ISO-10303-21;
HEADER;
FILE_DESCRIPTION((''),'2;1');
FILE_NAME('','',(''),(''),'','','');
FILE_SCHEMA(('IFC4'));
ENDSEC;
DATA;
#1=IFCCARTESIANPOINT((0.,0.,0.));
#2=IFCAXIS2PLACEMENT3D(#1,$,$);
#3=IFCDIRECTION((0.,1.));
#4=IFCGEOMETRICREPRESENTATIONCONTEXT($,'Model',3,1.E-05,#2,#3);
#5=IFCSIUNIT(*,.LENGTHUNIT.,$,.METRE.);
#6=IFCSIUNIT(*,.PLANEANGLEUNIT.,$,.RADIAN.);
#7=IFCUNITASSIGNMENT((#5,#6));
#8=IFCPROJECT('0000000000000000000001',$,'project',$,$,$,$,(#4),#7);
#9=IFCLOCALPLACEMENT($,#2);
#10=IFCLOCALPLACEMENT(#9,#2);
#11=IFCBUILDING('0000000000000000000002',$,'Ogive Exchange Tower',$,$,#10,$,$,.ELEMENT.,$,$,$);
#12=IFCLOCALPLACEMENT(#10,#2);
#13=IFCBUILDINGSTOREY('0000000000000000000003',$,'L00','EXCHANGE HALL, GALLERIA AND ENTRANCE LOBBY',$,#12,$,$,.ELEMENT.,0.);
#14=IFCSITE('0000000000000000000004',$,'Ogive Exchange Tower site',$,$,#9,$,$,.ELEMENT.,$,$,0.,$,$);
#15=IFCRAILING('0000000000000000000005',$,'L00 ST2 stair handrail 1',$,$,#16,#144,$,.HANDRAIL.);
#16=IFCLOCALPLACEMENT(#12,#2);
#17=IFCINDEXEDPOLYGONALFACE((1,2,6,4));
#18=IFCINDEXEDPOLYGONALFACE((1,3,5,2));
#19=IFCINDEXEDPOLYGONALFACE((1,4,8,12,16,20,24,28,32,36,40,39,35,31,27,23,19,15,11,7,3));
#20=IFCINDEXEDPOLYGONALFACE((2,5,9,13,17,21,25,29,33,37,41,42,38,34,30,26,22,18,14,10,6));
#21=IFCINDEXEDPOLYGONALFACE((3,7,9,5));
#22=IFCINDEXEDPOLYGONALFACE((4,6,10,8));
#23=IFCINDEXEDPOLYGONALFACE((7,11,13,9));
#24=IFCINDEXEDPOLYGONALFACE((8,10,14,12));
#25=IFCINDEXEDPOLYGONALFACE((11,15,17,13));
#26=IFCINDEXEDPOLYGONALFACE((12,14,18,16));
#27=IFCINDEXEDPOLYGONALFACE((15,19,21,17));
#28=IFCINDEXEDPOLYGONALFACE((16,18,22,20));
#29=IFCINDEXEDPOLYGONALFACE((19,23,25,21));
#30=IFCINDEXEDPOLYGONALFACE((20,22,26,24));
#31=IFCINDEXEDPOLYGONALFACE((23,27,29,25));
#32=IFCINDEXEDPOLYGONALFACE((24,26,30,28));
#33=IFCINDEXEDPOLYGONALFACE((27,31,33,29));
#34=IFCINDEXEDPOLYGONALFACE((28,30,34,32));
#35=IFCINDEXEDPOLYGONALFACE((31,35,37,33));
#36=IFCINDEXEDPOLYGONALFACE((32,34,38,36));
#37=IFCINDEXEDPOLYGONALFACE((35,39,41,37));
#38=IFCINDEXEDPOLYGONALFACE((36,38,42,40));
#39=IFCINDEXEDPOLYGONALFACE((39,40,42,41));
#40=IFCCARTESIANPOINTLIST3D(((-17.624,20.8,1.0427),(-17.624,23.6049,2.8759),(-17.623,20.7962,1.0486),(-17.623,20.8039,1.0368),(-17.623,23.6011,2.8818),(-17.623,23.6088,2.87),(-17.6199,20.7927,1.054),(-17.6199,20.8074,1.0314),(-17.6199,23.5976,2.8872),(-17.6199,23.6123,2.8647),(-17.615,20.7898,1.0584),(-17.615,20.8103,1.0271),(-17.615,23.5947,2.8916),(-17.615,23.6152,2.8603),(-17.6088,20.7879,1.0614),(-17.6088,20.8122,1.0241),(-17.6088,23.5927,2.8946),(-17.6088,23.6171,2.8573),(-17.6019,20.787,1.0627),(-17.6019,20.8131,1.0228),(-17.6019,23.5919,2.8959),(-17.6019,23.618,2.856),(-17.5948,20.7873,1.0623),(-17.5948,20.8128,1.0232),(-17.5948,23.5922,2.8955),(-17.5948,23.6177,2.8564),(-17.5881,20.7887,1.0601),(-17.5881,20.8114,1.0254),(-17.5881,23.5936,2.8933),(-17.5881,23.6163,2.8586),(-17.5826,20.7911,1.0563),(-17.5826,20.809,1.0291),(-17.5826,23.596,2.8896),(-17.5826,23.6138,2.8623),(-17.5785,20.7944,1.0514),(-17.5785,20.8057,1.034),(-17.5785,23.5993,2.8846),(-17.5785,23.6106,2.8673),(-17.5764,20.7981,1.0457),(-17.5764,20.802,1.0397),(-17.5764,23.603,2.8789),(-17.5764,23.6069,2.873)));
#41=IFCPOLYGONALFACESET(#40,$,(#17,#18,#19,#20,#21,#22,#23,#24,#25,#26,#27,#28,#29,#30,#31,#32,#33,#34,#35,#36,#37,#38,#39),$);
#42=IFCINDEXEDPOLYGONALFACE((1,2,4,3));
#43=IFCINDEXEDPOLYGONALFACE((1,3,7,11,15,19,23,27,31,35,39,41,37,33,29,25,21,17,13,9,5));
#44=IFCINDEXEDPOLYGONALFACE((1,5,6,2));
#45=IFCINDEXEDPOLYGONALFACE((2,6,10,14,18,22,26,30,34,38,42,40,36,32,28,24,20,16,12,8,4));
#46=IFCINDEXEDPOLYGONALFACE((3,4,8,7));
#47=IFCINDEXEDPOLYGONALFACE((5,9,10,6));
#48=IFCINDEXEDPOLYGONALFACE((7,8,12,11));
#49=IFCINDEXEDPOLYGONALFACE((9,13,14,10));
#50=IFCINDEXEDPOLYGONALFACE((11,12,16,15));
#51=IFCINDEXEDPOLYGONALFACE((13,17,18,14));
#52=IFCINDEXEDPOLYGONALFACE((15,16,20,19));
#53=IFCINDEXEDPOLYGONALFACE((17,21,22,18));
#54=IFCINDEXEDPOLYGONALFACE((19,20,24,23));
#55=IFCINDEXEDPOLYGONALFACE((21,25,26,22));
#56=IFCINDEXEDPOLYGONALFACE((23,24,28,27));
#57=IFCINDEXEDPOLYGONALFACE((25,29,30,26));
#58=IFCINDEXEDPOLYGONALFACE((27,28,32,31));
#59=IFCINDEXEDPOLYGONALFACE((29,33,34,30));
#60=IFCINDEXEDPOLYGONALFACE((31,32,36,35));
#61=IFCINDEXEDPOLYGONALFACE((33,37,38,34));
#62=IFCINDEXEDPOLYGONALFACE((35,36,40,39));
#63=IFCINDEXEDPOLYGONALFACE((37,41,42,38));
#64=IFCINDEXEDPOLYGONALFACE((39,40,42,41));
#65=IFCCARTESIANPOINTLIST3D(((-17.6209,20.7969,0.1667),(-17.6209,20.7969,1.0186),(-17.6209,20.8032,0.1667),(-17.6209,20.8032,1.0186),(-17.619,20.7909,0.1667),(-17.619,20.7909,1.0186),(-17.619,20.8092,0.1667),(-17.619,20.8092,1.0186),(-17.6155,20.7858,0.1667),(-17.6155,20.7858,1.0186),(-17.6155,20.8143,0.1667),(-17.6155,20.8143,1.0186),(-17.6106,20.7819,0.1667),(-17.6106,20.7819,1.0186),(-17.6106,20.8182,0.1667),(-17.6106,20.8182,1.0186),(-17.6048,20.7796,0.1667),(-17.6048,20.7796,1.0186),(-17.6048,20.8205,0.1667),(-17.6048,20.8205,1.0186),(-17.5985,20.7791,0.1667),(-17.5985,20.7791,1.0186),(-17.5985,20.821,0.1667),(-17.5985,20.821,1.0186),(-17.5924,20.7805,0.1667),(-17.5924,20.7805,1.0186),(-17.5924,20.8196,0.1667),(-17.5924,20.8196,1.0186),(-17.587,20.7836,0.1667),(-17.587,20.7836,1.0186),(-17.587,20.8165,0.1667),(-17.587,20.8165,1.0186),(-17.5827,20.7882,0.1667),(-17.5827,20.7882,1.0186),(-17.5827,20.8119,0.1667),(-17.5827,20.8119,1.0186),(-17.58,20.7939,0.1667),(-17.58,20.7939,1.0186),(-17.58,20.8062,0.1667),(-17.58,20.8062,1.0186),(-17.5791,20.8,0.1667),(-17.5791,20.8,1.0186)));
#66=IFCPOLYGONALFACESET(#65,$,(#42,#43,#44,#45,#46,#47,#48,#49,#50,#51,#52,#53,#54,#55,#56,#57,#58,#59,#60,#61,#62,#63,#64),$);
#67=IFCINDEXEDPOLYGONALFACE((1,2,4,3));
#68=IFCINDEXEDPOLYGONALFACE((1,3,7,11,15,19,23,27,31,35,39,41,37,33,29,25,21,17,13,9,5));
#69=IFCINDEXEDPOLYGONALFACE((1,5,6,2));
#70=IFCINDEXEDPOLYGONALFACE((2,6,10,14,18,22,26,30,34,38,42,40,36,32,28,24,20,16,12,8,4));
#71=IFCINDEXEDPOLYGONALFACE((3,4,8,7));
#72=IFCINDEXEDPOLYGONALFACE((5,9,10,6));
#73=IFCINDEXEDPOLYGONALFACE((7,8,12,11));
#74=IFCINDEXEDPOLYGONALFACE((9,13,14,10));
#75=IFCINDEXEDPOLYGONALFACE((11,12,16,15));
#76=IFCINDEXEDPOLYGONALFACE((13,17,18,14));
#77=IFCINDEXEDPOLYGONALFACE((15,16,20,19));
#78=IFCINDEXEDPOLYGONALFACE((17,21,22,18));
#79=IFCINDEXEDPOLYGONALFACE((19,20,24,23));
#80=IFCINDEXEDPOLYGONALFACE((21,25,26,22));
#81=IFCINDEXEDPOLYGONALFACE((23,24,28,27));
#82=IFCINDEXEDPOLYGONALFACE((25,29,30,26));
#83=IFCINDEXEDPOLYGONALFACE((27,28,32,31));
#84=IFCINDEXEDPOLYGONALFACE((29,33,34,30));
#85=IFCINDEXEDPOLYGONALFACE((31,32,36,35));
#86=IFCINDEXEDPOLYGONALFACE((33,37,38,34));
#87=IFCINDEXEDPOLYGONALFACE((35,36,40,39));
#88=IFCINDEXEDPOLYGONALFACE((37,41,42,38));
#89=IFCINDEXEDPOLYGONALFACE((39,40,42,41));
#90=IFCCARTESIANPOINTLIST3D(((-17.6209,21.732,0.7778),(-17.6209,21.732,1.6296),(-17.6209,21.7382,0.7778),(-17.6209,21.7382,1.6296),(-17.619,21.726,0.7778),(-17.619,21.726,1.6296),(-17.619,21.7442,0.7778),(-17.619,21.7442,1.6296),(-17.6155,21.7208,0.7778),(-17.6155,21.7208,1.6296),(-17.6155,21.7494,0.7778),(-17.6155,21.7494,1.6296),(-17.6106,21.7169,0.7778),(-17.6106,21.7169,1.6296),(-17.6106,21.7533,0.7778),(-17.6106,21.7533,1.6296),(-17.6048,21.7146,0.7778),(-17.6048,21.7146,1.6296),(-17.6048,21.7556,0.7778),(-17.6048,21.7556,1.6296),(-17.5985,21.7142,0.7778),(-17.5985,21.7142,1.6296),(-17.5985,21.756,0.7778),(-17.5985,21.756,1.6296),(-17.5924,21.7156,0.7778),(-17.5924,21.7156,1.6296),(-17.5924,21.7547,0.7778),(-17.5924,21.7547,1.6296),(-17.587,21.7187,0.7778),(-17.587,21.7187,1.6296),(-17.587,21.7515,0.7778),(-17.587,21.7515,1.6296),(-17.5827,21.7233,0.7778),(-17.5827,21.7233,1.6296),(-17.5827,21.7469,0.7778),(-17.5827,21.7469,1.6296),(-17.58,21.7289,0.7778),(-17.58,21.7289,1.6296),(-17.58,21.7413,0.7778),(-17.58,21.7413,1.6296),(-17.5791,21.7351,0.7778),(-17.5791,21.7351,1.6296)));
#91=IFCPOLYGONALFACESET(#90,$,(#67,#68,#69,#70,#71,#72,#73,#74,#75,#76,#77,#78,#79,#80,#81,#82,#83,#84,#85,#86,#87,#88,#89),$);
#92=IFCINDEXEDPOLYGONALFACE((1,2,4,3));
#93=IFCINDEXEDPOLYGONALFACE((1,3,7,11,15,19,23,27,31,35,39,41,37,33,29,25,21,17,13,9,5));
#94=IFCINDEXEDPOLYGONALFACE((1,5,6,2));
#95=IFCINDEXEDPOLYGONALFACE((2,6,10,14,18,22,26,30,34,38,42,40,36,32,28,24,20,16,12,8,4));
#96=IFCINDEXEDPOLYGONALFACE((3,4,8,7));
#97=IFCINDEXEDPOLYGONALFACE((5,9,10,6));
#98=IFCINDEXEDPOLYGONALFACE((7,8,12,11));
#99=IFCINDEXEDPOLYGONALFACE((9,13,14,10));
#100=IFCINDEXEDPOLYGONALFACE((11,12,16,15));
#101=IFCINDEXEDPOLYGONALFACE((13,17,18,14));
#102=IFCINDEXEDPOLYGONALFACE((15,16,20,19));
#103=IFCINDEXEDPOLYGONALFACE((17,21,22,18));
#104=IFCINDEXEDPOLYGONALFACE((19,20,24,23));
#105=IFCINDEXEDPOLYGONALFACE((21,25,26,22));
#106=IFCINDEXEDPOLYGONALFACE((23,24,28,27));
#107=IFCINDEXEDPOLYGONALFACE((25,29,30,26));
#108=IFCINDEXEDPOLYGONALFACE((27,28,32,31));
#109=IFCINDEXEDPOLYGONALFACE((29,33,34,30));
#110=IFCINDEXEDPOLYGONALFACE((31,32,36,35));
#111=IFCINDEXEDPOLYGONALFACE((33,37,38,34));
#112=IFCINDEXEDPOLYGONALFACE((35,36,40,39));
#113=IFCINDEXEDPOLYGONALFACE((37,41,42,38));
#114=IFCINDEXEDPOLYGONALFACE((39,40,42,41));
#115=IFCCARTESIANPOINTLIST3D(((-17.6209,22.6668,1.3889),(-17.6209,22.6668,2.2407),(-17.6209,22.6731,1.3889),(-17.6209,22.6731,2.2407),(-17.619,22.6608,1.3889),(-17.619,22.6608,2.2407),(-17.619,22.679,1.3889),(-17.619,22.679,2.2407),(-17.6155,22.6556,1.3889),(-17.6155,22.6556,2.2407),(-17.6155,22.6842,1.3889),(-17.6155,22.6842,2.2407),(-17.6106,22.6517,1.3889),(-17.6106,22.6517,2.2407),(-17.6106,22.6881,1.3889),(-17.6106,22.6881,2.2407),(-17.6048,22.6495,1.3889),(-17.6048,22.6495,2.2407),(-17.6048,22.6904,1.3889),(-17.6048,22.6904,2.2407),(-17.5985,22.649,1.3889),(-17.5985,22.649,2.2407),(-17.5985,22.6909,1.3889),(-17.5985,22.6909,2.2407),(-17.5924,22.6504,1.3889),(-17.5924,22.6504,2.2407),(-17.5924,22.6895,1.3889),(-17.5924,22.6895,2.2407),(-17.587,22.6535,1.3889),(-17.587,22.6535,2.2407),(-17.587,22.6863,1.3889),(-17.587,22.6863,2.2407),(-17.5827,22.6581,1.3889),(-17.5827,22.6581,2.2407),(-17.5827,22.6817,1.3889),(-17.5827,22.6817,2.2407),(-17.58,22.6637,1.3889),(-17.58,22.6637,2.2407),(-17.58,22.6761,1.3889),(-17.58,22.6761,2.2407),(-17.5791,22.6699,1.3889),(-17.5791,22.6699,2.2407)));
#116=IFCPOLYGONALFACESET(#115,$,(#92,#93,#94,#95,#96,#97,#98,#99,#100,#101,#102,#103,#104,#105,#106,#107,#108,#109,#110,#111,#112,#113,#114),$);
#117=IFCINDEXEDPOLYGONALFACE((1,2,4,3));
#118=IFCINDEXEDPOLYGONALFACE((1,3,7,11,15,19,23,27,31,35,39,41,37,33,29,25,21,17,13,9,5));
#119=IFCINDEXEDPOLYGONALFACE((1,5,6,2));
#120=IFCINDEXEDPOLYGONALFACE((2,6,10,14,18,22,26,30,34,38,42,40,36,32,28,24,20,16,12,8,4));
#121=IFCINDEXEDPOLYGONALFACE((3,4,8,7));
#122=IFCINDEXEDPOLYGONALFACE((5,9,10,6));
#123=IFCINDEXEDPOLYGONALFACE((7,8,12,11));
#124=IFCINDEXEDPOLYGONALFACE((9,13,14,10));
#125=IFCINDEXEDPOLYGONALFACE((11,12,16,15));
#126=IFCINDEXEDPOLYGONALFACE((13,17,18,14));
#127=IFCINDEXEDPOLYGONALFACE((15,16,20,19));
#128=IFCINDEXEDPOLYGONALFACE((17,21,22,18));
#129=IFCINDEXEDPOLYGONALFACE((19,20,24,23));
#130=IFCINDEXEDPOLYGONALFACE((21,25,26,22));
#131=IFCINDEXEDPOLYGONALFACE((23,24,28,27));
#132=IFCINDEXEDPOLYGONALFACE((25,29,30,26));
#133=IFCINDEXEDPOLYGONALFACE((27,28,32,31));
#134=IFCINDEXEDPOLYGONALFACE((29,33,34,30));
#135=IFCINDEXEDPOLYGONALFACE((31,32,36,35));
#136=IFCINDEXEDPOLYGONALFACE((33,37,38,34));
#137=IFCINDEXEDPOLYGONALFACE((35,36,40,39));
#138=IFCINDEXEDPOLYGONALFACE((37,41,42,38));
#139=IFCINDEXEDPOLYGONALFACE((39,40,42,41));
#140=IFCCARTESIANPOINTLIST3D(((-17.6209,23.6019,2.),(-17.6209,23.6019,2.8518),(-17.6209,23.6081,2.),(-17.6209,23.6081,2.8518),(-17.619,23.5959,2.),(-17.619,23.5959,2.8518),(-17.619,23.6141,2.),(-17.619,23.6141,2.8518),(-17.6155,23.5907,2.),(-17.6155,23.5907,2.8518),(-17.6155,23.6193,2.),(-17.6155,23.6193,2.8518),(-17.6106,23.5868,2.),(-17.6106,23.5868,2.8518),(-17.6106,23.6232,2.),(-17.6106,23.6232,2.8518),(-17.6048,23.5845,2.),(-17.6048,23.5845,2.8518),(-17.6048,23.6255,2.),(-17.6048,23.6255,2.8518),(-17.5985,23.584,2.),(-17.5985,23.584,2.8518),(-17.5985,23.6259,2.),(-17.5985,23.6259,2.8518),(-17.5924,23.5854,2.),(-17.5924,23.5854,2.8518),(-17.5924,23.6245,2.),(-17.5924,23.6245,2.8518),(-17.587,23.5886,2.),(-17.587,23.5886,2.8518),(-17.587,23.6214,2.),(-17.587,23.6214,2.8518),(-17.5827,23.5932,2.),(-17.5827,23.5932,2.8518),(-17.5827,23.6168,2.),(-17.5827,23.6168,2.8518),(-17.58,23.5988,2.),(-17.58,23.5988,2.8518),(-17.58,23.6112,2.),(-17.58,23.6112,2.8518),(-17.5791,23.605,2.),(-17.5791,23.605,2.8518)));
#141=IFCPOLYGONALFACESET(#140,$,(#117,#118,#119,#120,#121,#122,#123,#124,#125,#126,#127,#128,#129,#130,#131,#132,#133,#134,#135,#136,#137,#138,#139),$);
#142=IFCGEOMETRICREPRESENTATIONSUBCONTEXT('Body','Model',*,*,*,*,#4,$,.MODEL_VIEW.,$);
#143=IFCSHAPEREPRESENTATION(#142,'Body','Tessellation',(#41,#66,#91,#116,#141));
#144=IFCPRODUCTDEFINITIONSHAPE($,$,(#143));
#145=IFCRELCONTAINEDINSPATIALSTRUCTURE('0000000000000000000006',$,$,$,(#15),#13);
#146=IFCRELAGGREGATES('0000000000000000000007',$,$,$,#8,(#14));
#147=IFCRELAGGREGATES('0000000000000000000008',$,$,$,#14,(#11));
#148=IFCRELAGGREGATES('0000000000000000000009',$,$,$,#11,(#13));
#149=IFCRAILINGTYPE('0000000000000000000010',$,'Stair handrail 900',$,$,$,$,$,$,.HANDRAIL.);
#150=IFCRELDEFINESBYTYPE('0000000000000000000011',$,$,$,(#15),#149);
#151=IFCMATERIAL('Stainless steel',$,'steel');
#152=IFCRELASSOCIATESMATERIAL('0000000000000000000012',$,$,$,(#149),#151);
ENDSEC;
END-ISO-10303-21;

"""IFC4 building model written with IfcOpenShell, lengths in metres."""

from ifc_helpers import new_model, si_unit, direction, frame, origin, origin_2d, place, context, subcontext, project, spatial, circle, extrude, material, type_object, element, save


model = new_model("IFC4")

# Units and contexts
model_context = context("Model", 3, precision=1e-05, world=origin(), true_north=direction((0.0, 1.0)))
body_context = subcontext(model_context, "Body", "Model", "MODEL_VIEW")
ifc_project = project(units=[si_unit("LENGTHUNIT", "METRE"), si_unit("PLANEANGLEUNIT", "RADIAN")], contexts=[model_context])

# Site, building, storey
site_placement = place(None, origin())
site = spatial("IfcSite", under=ifc_project, at=site_placement, Name="Ogive Exchange Tower site", CompositionType="ELEMENT", RefElevation=0.0)
building_placement = place(site_placement, origin())
building = spatial("IfcBuilding", under=site, at=building_placement, Name="Ogive Exchange Tower", CompositionType="ELEMENT")
storey_placement = place(building_placement, origin())
storey = spatial("IfcBuildingStorey", under=building, at=storey_placement, Name="L00", Description="EXCHANGE HALL, GALLERIA AND ENTRANCE LOBBY", CompositionType="ELEMENT", Elevation=0.0)

# Railing
ifc_material_1 = material(Name="Stainless steel", Category="steel")
railing_type = type_object("IfcRailingType", Name="Stair handrail 900", PredefinedType="HANDRAIL", material=ifc_material_1)
railing_1_placement = place(storey_placement, frame((-17.6001, 20.8, 0.1667)))
element("IfcRailing", 1, at=railing_1_placement, inside=storey, type_object=railing_type, Name="L00 ST2 stair handrail 1", PredefinedType="HANDRAIL", context=body_context, shape_type="SweptSolid", body=[
    extrude(circle(Radius=0.0239, at=origin_2d()), frame((0.0, 0.0, 0.876), z_axis=(0.0, 0.837071, 0.547094), x_axis=(-1.0, 0.0, 0.0)), (0.0, 0.0, 1.0), 3.3508),
    extrude(circle(Radius=0.021, at=origin_2d()), origin(), (0.0, 0.0, 1.0), 0.8518),
    extrude(circle(Radius=0.021, at=origin_2d()), frame((0.0, 0.9351, 0.6111)), (0.0, 0.0, 1.0), 0.8518),
    extrude(circle(Radius=0.021, at=origin_2d()), frame((0.0, 1.8699, 1.2222)), (0.0, 0.0, 1.0), 0.8518),
    extrude(circle(Radius=0.021, at=origin_2d()), frame((0.0, 2.8049, 1.8333)), (0.0, 0.0, 1.0), 0.8518),
])

save(model, "model.ifc")
